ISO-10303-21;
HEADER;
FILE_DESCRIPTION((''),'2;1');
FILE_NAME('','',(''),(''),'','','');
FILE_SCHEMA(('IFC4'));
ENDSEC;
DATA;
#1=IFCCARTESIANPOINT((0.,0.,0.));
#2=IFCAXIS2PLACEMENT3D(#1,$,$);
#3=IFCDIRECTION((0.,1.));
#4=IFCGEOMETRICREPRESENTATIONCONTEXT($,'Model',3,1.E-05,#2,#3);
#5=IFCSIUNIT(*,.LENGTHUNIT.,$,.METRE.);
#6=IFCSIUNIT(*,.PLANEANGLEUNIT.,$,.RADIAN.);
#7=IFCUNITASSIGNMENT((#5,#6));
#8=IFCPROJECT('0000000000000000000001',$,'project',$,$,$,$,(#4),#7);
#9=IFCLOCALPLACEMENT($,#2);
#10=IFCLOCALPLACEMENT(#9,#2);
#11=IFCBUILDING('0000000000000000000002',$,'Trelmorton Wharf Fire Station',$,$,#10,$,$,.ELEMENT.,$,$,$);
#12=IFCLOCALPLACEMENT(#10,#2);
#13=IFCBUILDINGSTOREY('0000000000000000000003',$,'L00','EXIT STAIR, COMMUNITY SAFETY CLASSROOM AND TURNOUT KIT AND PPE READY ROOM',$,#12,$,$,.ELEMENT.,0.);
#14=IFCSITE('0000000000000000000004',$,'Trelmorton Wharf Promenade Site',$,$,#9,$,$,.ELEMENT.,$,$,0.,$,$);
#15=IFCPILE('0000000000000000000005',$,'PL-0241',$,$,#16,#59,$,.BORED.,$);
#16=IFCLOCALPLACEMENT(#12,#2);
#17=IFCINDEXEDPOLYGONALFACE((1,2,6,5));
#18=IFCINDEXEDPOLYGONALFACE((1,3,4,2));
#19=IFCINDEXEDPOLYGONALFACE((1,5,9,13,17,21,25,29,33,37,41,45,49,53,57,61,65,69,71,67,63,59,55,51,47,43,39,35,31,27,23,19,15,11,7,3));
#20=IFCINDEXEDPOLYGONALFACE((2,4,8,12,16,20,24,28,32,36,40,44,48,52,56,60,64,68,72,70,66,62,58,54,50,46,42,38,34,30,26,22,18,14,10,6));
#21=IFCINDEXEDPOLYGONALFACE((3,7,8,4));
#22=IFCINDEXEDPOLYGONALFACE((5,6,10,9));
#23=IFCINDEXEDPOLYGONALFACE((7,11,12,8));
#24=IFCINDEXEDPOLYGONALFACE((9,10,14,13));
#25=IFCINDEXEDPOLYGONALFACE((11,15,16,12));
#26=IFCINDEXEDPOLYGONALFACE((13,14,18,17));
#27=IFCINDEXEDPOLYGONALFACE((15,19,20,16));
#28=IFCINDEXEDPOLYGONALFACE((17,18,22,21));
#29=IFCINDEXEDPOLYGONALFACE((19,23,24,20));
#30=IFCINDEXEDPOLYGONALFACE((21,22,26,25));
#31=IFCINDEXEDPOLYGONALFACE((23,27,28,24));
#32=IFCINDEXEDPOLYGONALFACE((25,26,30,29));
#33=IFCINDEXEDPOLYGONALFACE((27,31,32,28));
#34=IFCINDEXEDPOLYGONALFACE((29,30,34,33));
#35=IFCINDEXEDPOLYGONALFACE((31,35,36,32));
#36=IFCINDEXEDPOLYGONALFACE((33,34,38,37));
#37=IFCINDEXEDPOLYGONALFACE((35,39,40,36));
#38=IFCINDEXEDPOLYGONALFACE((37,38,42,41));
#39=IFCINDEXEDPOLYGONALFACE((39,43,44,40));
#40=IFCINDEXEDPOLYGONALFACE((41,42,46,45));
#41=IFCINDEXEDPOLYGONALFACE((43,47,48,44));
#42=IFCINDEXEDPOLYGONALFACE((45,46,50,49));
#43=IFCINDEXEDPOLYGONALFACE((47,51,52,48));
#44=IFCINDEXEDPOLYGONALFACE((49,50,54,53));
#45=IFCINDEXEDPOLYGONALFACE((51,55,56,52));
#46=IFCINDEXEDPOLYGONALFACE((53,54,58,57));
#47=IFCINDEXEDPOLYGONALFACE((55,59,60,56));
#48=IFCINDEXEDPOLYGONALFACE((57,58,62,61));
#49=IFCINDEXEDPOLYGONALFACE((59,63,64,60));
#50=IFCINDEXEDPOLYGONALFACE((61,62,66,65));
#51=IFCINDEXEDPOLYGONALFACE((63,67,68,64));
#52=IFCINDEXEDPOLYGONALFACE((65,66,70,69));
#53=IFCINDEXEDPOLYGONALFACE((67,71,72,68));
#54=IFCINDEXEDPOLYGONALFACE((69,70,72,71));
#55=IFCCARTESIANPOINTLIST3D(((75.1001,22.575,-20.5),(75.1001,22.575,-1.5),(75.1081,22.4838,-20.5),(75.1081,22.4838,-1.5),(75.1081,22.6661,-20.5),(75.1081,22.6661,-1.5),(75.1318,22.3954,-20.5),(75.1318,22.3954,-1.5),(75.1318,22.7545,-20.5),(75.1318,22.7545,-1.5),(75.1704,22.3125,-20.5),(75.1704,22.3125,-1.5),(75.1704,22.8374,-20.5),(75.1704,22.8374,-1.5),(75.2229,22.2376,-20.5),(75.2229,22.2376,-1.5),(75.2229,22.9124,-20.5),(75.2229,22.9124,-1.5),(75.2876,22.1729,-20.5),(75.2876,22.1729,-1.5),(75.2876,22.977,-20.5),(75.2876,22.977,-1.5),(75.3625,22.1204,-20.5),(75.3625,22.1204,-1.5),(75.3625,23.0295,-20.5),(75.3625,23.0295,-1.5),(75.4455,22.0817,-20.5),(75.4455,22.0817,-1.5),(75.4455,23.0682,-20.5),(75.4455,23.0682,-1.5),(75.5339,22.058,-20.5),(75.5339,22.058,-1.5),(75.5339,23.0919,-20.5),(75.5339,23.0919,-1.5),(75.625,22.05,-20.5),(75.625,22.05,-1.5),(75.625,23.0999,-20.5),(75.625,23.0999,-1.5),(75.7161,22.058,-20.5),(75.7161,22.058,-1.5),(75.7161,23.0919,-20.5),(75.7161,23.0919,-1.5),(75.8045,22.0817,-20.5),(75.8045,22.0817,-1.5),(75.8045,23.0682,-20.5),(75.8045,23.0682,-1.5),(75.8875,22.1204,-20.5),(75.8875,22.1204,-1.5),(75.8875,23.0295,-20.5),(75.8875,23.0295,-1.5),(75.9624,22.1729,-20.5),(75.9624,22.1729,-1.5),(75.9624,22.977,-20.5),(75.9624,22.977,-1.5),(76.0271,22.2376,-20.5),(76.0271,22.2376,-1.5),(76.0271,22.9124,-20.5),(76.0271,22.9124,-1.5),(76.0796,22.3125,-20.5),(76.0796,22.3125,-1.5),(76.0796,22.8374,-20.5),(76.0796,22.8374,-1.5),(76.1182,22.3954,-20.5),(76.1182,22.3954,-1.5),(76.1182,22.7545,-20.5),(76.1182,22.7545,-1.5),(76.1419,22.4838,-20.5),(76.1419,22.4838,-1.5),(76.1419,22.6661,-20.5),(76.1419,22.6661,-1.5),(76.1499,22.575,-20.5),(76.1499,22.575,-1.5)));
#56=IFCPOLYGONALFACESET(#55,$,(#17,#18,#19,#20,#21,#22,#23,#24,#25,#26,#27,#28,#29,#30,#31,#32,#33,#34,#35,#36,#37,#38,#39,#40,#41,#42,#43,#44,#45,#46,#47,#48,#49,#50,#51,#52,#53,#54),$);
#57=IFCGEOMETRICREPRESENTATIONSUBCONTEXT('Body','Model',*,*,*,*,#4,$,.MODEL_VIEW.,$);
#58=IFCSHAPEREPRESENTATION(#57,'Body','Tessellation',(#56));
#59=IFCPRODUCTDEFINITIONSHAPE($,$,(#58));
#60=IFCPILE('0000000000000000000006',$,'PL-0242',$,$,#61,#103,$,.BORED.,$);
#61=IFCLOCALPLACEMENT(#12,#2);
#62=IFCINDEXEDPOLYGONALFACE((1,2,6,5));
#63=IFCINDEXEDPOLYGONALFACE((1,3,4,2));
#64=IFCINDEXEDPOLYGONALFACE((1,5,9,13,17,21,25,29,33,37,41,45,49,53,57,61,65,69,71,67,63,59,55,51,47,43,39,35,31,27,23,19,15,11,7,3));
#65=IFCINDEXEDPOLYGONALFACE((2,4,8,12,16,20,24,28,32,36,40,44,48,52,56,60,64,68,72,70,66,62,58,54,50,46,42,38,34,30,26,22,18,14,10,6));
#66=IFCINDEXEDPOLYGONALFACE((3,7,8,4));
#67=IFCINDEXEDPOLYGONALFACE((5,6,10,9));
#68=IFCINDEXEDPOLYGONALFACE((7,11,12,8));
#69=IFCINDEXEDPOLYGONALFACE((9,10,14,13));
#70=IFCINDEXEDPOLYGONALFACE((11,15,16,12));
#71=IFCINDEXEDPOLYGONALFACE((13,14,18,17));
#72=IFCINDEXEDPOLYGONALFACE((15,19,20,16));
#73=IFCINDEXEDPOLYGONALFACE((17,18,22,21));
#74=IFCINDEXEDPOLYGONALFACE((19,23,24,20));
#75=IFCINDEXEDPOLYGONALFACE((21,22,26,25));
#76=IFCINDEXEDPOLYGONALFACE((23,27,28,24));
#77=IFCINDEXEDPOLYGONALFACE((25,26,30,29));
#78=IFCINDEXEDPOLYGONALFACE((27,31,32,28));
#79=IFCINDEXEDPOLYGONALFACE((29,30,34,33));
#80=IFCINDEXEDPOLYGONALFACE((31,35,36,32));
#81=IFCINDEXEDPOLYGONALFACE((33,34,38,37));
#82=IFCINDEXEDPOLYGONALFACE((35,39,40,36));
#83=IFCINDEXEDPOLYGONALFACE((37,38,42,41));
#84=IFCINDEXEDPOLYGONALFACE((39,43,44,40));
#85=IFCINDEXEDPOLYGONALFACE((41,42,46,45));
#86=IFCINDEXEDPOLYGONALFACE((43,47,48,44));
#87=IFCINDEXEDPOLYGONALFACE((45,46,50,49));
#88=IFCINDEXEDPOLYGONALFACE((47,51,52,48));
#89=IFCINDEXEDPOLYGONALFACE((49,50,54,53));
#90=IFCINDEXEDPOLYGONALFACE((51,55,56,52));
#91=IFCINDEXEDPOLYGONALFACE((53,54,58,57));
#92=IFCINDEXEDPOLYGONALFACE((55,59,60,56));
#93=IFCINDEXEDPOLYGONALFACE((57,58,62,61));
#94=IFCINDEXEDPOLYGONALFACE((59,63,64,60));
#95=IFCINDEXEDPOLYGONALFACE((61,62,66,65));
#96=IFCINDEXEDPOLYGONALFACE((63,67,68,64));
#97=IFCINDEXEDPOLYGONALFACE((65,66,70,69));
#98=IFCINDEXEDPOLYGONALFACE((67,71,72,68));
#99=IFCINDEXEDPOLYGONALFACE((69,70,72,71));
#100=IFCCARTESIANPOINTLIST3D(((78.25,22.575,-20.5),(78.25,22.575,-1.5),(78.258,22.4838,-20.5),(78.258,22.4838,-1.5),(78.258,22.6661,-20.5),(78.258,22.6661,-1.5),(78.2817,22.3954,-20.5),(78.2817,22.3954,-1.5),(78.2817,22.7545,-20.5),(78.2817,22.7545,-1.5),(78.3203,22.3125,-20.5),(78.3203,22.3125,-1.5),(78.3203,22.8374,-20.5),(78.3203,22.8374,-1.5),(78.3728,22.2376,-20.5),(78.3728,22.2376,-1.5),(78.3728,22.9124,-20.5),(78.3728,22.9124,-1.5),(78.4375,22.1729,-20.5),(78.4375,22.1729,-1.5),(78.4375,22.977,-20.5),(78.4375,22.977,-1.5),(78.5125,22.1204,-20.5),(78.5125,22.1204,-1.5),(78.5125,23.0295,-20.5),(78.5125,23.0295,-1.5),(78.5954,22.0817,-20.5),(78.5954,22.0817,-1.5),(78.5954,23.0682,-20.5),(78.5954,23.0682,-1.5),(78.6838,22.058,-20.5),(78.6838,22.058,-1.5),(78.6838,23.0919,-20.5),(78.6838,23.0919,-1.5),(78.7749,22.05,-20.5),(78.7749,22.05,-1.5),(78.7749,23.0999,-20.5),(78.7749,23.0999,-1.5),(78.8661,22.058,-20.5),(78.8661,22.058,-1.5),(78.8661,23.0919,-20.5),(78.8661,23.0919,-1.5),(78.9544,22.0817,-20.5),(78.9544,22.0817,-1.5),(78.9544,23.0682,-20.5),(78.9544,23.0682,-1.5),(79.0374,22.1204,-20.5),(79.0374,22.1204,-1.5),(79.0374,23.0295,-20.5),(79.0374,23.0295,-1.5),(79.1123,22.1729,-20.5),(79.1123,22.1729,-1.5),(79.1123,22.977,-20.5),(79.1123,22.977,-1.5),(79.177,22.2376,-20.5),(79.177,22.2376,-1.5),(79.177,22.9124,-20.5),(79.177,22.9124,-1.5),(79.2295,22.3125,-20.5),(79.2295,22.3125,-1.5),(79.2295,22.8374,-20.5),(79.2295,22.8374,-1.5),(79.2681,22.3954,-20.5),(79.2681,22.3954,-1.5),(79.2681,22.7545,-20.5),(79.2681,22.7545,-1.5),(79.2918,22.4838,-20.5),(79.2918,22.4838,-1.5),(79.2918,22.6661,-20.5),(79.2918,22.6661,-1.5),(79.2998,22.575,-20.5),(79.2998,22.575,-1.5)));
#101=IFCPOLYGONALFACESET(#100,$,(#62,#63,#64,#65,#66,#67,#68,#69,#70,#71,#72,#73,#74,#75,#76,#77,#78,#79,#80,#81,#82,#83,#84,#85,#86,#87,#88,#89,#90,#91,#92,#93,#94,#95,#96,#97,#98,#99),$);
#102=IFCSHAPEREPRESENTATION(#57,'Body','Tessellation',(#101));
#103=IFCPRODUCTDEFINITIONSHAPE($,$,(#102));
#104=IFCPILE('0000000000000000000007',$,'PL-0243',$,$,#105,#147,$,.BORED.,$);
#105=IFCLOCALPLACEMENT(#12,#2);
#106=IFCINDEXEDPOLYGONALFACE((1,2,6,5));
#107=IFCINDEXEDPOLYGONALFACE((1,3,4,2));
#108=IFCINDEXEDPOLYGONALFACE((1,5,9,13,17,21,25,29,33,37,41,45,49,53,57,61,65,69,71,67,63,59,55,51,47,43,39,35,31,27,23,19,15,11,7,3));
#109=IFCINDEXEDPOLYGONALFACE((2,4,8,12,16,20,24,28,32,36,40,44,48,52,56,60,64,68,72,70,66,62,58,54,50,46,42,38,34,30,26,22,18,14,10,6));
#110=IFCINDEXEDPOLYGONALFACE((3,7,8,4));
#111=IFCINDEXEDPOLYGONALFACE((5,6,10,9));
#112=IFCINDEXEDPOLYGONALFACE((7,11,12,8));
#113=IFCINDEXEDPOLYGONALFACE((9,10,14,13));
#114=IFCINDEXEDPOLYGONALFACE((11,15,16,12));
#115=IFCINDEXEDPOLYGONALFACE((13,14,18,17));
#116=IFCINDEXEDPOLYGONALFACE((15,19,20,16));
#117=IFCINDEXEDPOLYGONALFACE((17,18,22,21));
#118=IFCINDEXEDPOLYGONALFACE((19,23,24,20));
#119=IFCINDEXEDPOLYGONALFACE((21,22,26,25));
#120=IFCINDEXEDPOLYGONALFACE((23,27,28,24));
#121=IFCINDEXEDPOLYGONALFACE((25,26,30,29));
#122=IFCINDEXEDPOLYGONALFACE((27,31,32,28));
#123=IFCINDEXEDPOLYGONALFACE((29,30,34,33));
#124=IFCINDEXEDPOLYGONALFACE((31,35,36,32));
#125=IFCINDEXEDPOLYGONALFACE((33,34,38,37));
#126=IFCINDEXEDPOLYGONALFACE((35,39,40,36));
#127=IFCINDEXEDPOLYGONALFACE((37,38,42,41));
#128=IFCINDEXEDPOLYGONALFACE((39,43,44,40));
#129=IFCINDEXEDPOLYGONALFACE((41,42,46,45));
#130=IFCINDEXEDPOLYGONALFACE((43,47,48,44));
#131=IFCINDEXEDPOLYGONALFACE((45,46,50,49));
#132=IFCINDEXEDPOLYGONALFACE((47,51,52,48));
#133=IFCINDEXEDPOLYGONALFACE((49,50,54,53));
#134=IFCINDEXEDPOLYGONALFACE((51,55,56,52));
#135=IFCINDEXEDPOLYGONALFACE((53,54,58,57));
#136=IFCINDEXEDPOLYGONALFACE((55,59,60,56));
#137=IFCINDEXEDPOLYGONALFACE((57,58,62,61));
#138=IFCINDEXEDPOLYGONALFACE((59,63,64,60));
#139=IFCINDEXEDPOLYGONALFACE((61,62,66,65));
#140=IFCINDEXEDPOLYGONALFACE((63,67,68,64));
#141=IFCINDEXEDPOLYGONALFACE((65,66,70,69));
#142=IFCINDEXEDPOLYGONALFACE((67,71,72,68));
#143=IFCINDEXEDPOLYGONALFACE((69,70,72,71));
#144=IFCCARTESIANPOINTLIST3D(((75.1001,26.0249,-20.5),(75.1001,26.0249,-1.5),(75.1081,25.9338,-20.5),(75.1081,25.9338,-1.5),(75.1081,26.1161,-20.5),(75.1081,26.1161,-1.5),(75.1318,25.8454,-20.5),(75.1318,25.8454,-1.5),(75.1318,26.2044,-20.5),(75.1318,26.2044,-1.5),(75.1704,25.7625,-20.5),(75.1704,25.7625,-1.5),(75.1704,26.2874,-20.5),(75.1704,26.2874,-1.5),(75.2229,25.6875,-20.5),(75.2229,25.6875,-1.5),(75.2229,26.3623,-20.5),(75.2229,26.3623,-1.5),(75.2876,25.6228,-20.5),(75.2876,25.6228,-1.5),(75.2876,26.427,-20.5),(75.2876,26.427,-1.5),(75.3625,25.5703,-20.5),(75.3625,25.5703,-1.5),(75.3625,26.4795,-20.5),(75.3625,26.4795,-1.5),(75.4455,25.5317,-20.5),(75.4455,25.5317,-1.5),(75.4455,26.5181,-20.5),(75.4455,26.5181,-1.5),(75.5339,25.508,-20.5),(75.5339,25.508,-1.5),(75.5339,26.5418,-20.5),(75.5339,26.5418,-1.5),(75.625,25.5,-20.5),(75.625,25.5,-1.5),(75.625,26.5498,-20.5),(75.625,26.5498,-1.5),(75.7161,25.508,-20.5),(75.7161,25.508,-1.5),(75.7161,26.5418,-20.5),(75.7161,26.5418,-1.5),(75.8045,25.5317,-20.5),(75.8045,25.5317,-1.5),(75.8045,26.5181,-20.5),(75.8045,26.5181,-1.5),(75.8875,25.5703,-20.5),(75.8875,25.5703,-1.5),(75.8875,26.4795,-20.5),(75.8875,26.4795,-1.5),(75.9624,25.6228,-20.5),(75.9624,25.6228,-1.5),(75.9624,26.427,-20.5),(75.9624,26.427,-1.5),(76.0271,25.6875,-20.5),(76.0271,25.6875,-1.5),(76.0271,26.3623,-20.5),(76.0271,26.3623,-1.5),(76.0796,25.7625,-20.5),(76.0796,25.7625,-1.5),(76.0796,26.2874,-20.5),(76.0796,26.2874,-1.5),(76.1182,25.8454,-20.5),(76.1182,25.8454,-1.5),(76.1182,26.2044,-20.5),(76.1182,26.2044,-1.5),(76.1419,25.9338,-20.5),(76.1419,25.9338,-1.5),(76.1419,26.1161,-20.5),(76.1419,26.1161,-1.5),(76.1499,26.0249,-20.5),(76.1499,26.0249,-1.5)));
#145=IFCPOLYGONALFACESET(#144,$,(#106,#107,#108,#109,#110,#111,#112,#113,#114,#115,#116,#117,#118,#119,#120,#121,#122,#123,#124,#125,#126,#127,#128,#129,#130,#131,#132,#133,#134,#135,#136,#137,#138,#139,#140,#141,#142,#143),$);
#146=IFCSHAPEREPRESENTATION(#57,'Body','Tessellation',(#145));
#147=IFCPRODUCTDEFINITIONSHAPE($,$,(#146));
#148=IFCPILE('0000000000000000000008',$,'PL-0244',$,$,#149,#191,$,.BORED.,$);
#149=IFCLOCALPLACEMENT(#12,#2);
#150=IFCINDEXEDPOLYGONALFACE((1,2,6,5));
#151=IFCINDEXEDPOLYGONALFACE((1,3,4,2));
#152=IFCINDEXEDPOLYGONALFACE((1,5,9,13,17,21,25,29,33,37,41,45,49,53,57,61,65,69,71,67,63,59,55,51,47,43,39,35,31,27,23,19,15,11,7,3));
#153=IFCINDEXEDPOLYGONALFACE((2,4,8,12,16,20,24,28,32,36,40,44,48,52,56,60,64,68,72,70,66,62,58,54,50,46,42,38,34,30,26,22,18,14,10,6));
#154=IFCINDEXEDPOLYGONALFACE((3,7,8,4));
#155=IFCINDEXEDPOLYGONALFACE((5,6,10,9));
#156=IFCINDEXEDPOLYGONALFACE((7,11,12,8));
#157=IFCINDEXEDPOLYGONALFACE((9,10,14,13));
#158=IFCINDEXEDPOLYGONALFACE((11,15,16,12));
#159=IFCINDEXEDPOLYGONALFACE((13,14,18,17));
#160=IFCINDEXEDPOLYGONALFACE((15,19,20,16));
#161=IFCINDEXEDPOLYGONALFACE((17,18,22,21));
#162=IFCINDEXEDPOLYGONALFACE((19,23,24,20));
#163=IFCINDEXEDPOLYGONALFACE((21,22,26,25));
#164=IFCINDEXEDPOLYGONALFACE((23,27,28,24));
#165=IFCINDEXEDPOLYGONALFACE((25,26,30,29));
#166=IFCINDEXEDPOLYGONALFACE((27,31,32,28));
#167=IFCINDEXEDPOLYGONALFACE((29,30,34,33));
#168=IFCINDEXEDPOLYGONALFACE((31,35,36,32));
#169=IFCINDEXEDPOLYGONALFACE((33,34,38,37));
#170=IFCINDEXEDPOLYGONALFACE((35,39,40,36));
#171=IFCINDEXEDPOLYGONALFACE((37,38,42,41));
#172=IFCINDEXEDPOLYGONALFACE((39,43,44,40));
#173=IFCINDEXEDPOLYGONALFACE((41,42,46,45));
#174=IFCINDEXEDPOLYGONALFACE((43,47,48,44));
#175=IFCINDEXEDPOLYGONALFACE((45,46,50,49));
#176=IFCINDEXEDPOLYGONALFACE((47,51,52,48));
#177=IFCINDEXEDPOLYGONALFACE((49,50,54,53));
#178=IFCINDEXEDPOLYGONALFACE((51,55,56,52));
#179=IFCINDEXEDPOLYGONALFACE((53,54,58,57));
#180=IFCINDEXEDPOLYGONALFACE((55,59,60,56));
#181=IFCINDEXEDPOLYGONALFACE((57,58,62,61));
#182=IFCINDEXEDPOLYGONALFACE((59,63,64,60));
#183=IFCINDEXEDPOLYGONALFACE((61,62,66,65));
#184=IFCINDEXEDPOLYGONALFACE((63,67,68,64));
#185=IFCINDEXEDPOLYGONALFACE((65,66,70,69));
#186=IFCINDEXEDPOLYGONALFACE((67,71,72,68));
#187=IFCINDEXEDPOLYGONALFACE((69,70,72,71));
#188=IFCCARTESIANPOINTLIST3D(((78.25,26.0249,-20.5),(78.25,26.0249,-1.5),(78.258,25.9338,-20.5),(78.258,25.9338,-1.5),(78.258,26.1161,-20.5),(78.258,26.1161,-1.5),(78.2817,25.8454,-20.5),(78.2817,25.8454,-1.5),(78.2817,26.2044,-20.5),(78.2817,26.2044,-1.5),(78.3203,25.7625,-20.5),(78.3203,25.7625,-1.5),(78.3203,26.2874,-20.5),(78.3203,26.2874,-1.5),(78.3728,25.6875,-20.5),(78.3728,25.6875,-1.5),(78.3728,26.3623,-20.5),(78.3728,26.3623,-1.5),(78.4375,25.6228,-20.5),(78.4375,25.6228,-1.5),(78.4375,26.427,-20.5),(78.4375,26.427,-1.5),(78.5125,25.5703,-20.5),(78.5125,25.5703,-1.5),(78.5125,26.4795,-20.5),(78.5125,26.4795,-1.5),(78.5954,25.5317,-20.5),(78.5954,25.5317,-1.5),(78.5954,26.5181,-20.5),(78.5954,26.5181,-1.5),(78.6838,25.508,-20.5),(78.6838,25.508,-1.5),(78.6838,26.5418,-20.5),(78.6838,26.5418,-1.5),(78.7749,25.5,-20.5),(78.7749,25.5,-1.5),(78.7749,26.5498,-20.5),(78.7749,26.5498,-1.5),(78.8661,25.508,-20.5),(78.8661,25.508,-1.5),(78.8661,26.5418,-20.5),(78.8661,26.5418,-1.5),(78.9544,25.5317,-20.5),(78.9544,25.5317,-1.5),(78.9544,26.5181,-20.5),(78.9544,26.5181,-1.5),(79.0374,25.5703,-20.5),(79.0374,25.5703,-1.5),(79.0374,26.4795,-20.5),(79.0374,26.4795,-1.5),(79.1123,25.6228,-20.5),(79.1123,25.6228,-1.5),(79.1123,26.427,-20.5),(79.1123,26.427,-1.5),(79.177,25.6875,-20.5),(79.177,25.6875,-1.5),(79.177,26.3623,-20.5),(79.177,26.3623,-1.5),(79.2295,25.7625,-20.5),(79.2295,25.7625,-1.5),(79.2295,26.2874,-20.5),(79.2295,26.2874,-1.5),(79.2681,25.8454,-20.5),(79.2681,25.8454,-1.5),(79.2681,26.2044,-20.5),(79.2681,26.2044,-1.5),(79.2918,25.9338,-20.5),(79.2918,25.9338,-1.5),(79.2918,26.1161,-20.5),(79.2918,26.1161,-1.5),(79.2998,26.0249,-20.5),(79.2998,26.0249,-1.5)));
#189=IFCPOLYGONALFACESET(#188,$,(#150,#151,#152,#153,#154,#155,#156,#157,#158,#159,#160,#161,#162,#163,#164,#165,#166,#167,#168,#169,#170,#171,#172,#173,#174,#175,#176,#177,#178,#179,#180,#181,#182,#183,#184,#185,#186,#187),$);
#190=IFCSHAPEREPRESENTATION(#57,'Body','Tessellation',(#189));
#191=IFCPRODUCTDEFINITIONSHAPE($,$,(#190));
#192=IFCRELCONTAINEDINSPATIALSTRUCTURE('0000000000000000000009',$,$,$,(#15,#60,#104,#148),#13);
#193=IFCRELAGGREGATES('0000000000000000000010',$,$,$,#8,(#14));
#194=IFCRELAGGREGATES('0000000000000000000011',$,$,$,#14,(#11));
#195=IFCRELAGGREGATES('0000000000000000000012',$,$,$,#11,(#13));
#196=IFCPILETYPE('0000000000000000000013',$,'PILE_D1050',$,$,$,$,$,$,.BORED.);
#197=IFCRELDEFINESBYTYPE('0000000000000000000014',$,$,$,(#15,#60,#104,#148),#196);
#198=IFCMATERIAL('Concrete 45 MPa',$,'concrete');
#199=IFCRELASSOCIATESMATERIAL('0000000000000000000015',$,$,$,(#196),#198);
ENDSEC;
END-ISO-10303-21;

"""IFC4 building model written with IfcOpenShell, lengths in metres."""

from ifc_helpers import new_model, si_unit, direction, frame, origin, origin_2d, place, context, subcontext, project, spatial, circle, extrude, material, material_profile, profile_set, type_object, element, save


model = new_model("IFC4")

# Units and contexts
model_context = context("Model", 3, precision=1e-05, world=origin(), true_north=direction((0.0, 1.0)))
body_context = subcontext(model_context, "Body", "Model", "MODEL_VIEW")
ifc_project = project(units=[si_unit("LENGTHUNIT", "METRE"), si_unit("PLANEANGLEUNIT", "RADIAN")], contexts=[model_context])

# Site, building, storey
site_placement = place(None, origin())
site = spatial("IfcSite", under=ifc_project, at=site_placement, Name="Trelmorton Wharf Promenade Site", CompositionType="ELEMENT", RefElevation=0.0)
building_placement = place(site_placement, origin())
building = spatial("IfcBuilding", under=site, at=building_placement, Name="Trelmorton Wharf Fire Station", CompositionType="ELEMENT")
storey_placement = place(building_placement, origin())
storey = spatial("IfcBuildingStorey", under=building, at=storey_placement, Name="L00", Description="EXIT STAIR, COMMUNITY SAFETY CLASSROOM AND TURNOUT KIT AND PPE READY ROOM", CompositionType="ELEMENT", Elevation=0.0)

# Piles
ifc_material_1 = material(Name="Concrete 45 MPa", Category="concrete")
ifc_material_profile_1 = material_profile(ifc_material_1, circle(Radius=0.5249, at=origin_2d()), Name="PILE-D1050")
ifc_profile_set_1 = profile_set([ifc_material_profile_1], Name="Concrete 45 MPa")
pile_type = type_object("IfcPileType", Name="PILE_D1050", PredefinedType="BORED", material=ifc_profile_set_1)
for number, where, z_axis, x_axis, name in (
    (1, (75.625, 22.575, -1.5), (0.0, 0.0, -1.0), (1.0, 0.0, 0.0), "PL-0241"),
    (2, (78.7749, 22.575, -1.5), (0.0, 0.0, -1.0), (1.0, 0.0, 0.0), "PL-0242"),
    (3, (75.625, 26.0249, -1.5), (0.0, 0.0, -1.0), (1.0, 0.0, 0.0), "PL-0243"),
    (4, (78.7749, 26.0249, -1.5), (0.0, 0.0, -1.0), (1.0, 0.0, 0.0), "PL-0244"),
):
    element("IfcPile", number, at=place(storey_placement, frame(where, z_axis=z_axis, x_axis=x_axis)), inside=storey, type_object=pile_type, Name=name, PredefinedType="BORED", context=body_context, shape_type="SweptSolid", body=[
        extrude(circle(Radius=0.5249, at=origin_2d()), origin(), (0.0, 0.0, 1.0), 19.0),
    ])

save(model, "model.ifc")
